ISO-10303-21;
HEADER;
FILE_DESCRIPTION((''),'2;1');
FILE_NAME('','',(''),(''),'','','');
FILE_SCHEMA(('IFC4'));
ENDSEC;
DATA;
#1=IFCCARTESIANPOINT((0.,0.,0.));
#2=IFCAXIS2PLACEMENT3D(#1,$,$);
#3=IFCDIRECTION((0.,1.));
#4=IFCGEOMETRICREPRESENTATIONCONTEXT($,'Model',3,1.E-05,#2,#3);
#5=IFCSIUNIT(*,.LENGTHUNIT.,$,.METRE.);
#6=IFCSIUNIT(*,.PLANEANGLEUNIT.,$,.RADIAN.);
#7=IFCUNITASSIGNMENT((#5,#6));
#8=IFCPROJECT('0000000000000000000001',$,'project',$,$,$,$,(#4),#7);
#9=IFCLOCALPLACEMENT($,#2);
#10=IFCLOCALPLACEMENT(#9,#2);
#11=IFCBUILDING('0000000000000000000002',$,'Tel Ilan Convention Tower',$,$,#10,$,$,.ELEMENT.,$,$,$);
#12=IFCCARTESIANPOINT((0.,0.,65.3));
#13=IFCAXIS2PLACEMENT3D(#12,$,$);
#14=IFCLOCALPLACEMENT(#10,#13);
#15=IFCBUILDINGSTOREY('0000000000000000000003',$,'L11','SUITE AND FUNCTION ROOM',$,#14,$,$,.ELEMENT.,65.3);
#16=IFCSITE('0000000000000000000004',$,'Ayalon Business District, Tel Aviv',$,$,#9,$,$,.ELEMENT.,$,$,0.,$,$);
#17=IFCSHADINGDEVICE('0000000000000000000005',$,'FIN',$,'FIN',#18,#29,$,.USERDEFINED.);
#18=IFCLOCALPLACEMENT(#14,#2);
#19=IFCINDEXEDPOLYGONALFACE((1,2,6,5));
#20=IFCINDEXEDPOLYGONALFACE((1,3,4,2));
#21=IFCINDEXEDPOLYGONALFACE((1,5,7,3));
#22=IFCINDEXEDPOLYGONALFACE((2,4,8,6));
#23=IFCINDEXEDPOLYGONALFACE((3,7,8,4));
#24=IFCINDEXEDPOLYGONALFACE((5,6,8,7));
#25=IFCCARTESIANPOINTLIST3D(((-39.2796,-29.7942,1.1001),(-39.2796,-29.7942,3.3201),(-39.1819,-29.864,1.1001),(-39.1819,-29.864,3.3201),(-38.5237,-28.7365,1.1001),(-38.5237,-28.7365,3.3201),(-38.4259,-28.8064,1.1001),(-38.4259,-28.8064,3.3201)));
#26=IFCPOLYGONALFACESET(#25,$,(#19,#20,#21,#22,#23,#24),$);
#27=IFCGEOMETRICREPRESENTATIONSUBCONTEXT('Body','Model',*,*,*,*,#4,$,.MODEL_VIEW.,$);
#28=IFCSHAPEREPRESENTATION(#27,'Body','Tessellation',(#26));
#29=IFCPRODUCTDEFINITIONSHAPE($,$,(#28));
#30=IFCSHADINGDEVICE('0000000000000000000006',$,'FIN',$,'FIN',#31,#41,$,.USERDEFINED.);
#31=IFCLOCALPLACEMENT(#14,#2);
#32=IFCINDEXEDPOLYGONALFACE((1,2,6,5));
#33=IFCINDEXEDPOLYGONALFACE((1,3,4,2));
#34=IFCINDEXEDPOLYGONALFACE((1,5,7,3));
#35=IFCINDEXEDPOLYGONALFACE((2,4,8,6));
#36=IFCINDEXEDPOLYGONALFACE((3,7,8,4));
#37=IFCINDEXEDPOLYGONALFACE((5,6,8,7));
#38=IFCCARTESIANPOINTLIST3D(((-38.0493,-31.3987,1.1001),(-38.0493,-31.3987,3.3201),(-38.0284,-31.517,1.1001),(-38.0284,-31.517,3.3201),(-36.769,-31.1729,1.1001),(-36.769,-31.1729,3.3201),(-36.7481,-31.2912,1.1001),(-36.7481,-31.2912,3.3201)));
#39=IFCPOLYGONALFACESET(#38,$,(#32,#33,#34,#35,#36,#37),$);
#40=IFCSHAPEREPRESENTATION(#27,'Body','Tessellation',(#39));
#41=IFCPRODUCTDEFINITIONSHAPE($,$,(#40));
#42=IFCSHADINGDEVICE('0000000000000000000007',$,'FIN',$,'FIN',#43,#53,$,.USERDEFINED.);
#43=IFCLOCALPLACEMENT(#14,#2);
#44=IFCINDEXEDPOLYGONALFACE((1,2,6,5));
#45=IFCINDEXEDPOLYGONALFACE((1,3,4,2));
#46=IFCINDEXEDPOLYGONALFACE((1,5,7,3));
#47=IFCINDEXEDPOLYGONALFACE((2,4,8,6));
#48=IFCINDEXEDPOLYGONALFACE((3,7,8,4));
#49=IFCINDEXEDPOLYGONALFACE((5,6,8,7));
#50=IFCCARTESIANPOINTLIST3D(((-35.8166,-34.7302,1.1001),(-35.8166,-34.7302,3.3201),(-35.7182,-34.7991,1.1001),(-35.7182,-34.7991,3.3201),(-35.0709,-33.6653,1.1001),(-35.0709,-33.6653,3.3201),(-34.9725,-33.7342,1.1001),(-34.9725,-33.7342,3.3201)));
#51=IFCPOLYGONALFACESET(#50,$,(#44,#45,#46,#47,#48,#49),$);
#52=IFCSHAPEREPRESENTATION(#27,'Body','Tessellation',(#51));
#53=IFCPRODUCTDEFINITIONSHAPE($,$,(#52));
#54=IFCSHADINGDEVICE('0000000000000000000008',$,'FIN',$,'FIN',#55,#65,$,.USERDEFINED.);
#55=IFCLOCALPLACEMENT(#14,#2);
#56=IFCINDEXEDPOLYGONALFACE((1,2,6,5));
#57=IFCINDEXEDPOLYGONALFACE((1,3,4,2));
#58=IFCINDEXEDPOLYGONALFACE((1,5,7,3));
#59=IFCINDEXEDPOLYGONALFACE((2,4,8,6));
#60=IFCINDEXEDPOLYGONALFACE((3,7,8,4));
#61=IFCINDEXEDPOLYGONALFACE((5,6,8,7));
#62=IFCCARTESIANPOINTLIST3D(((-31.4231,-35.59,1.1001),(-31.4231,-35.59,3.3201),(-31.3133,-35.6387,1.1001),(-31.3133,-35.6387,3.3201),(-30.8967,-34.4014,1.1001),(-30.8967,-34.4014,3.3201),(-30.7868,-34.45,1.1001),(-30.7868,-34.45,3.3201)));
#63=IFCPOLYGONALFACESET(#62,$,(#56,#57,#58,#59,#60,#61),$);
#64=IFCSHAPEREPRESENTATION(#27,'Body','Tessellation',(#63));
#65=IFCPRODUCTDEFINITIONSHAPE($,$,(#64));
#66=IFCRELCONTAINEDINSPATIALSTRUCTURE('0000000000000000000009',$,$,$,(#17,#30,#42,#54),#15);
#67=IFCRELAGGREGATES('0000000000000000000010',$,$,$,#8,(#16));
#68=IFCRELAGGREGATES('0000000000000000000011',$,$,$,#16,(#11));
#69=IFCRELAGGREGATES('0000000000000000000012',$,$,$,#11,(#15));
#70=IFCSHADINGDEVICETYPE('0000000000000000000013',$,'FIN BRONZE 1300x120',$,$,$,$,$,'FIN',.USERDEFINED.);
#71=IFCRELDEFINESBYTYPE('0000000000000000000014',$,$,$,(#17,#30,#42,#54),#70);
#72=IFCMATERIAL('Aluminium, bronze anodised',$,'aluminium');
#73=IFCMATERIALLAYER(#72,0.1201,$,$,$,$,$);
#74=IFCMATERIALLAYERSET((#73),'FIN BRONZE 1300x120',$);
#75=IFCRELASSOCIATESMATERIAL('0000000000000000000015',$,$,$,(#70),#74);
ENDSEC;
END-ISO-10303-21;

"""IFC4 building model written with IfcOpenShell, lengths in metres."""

from ifc_helpers import new_model, si_unit, direction, frame, origin, origin_2d, place, context, subcontext, project, spatial, rectangle, extrude, material, layer, layer_set, type_object, element, save


model = new_model("IFC4")

# Units and contexts
model_context = context("Model", 3, precision=1e-05, world=origin(), true_north=direction((0.0, 1.0)))
body_context = subcontext(model_context, "Body", "Model", "MODEL_VIEW")
ifc_project = project(units=[si_unit("LENGTHUNIT", "METRE"), si_unit("PLANEANGLEUNIT", "RADIAN")], contexts=[model_context])

# Site, building, storey
site_placement = place(None, origin())
site = spatial("IfcSite", under=ifc_project, at=site_placement, Name="Ayalon Business District, Tel Aviv", CompositionType="ELEMENT", RefElevation=0.0)
building_placement = place(site_placement, origin())
building = spatial("IfcBuilding", under=site, at=building_placement, Name="Tel Ilan Convention Tower", CompositionType="ELEMENT")
storey_placement = place(building_placement, frame((0.0, 0.0, 65.3)))
storey = spatial("IfcBuildingStorey", under=building, at=storey_placement, Name="L11", Description="SUITE AND FUNCTION ROOM", CompositionType="ELEMENT", Elevation=65.3)

# Shading devices
ifc_material_1 = material(Name="Aluminium, bronze anodised", Category="aluminium")
ifc_layer_1 = layer(ifc_material_1, 0.1201)
ifc_layer_set_1 = layer_set([ifc_layer_1], Name="FIN BRONZE 1300x120")
shading_device_type = type_object("IfcShadingDeviceType", Name="FIN BRONZE 1300x120", ElementType="FIN", PredefinedType="USERDEFINED", material=ifc_layer_set_1)
for number, where, z_axis, x_axis, name in (
    (1, (-38.8528, -29.3003, 1.1001), (0.0, 0.0, 1.0), (-0.581492, -0.813552, 0.0), "FIN"),
    (2, (-37.3987, -31.345, 1.1001), (0.0, 0.0, 1.0), (-0.984808, -0.173648, 0.0), "FIN"),
    (3, (-35.3945, -34.2322, 1.1001), (0.0, 0.0, 1.0), (-0.573576, -0.819152, 0.0), "FIN"),
    (4, (-31.105, -35.02, 1.1001), (0.0, 0.0, 1.0), (-0.404964, -0.914333, 0.0), "FIN"),
):
    element("IfcShadingDevice", number, at=place(storey_placement, frame(where, z_axis=z_axis, x_axis=x_axis)), inside=storey, type_object=shading_device_type, Name=name, ObjectType="FIN", PredefinedType="USERDEFINED", context=body_context, shape_type="SweptSolid", body=[
        extrude(rectangle(XDim=1.3, YDim=0.1201, at=origin_2d()), origin(), (0.0, 0.0, 1.0), 2.22),
    ])

save(model, "model.ifc")
